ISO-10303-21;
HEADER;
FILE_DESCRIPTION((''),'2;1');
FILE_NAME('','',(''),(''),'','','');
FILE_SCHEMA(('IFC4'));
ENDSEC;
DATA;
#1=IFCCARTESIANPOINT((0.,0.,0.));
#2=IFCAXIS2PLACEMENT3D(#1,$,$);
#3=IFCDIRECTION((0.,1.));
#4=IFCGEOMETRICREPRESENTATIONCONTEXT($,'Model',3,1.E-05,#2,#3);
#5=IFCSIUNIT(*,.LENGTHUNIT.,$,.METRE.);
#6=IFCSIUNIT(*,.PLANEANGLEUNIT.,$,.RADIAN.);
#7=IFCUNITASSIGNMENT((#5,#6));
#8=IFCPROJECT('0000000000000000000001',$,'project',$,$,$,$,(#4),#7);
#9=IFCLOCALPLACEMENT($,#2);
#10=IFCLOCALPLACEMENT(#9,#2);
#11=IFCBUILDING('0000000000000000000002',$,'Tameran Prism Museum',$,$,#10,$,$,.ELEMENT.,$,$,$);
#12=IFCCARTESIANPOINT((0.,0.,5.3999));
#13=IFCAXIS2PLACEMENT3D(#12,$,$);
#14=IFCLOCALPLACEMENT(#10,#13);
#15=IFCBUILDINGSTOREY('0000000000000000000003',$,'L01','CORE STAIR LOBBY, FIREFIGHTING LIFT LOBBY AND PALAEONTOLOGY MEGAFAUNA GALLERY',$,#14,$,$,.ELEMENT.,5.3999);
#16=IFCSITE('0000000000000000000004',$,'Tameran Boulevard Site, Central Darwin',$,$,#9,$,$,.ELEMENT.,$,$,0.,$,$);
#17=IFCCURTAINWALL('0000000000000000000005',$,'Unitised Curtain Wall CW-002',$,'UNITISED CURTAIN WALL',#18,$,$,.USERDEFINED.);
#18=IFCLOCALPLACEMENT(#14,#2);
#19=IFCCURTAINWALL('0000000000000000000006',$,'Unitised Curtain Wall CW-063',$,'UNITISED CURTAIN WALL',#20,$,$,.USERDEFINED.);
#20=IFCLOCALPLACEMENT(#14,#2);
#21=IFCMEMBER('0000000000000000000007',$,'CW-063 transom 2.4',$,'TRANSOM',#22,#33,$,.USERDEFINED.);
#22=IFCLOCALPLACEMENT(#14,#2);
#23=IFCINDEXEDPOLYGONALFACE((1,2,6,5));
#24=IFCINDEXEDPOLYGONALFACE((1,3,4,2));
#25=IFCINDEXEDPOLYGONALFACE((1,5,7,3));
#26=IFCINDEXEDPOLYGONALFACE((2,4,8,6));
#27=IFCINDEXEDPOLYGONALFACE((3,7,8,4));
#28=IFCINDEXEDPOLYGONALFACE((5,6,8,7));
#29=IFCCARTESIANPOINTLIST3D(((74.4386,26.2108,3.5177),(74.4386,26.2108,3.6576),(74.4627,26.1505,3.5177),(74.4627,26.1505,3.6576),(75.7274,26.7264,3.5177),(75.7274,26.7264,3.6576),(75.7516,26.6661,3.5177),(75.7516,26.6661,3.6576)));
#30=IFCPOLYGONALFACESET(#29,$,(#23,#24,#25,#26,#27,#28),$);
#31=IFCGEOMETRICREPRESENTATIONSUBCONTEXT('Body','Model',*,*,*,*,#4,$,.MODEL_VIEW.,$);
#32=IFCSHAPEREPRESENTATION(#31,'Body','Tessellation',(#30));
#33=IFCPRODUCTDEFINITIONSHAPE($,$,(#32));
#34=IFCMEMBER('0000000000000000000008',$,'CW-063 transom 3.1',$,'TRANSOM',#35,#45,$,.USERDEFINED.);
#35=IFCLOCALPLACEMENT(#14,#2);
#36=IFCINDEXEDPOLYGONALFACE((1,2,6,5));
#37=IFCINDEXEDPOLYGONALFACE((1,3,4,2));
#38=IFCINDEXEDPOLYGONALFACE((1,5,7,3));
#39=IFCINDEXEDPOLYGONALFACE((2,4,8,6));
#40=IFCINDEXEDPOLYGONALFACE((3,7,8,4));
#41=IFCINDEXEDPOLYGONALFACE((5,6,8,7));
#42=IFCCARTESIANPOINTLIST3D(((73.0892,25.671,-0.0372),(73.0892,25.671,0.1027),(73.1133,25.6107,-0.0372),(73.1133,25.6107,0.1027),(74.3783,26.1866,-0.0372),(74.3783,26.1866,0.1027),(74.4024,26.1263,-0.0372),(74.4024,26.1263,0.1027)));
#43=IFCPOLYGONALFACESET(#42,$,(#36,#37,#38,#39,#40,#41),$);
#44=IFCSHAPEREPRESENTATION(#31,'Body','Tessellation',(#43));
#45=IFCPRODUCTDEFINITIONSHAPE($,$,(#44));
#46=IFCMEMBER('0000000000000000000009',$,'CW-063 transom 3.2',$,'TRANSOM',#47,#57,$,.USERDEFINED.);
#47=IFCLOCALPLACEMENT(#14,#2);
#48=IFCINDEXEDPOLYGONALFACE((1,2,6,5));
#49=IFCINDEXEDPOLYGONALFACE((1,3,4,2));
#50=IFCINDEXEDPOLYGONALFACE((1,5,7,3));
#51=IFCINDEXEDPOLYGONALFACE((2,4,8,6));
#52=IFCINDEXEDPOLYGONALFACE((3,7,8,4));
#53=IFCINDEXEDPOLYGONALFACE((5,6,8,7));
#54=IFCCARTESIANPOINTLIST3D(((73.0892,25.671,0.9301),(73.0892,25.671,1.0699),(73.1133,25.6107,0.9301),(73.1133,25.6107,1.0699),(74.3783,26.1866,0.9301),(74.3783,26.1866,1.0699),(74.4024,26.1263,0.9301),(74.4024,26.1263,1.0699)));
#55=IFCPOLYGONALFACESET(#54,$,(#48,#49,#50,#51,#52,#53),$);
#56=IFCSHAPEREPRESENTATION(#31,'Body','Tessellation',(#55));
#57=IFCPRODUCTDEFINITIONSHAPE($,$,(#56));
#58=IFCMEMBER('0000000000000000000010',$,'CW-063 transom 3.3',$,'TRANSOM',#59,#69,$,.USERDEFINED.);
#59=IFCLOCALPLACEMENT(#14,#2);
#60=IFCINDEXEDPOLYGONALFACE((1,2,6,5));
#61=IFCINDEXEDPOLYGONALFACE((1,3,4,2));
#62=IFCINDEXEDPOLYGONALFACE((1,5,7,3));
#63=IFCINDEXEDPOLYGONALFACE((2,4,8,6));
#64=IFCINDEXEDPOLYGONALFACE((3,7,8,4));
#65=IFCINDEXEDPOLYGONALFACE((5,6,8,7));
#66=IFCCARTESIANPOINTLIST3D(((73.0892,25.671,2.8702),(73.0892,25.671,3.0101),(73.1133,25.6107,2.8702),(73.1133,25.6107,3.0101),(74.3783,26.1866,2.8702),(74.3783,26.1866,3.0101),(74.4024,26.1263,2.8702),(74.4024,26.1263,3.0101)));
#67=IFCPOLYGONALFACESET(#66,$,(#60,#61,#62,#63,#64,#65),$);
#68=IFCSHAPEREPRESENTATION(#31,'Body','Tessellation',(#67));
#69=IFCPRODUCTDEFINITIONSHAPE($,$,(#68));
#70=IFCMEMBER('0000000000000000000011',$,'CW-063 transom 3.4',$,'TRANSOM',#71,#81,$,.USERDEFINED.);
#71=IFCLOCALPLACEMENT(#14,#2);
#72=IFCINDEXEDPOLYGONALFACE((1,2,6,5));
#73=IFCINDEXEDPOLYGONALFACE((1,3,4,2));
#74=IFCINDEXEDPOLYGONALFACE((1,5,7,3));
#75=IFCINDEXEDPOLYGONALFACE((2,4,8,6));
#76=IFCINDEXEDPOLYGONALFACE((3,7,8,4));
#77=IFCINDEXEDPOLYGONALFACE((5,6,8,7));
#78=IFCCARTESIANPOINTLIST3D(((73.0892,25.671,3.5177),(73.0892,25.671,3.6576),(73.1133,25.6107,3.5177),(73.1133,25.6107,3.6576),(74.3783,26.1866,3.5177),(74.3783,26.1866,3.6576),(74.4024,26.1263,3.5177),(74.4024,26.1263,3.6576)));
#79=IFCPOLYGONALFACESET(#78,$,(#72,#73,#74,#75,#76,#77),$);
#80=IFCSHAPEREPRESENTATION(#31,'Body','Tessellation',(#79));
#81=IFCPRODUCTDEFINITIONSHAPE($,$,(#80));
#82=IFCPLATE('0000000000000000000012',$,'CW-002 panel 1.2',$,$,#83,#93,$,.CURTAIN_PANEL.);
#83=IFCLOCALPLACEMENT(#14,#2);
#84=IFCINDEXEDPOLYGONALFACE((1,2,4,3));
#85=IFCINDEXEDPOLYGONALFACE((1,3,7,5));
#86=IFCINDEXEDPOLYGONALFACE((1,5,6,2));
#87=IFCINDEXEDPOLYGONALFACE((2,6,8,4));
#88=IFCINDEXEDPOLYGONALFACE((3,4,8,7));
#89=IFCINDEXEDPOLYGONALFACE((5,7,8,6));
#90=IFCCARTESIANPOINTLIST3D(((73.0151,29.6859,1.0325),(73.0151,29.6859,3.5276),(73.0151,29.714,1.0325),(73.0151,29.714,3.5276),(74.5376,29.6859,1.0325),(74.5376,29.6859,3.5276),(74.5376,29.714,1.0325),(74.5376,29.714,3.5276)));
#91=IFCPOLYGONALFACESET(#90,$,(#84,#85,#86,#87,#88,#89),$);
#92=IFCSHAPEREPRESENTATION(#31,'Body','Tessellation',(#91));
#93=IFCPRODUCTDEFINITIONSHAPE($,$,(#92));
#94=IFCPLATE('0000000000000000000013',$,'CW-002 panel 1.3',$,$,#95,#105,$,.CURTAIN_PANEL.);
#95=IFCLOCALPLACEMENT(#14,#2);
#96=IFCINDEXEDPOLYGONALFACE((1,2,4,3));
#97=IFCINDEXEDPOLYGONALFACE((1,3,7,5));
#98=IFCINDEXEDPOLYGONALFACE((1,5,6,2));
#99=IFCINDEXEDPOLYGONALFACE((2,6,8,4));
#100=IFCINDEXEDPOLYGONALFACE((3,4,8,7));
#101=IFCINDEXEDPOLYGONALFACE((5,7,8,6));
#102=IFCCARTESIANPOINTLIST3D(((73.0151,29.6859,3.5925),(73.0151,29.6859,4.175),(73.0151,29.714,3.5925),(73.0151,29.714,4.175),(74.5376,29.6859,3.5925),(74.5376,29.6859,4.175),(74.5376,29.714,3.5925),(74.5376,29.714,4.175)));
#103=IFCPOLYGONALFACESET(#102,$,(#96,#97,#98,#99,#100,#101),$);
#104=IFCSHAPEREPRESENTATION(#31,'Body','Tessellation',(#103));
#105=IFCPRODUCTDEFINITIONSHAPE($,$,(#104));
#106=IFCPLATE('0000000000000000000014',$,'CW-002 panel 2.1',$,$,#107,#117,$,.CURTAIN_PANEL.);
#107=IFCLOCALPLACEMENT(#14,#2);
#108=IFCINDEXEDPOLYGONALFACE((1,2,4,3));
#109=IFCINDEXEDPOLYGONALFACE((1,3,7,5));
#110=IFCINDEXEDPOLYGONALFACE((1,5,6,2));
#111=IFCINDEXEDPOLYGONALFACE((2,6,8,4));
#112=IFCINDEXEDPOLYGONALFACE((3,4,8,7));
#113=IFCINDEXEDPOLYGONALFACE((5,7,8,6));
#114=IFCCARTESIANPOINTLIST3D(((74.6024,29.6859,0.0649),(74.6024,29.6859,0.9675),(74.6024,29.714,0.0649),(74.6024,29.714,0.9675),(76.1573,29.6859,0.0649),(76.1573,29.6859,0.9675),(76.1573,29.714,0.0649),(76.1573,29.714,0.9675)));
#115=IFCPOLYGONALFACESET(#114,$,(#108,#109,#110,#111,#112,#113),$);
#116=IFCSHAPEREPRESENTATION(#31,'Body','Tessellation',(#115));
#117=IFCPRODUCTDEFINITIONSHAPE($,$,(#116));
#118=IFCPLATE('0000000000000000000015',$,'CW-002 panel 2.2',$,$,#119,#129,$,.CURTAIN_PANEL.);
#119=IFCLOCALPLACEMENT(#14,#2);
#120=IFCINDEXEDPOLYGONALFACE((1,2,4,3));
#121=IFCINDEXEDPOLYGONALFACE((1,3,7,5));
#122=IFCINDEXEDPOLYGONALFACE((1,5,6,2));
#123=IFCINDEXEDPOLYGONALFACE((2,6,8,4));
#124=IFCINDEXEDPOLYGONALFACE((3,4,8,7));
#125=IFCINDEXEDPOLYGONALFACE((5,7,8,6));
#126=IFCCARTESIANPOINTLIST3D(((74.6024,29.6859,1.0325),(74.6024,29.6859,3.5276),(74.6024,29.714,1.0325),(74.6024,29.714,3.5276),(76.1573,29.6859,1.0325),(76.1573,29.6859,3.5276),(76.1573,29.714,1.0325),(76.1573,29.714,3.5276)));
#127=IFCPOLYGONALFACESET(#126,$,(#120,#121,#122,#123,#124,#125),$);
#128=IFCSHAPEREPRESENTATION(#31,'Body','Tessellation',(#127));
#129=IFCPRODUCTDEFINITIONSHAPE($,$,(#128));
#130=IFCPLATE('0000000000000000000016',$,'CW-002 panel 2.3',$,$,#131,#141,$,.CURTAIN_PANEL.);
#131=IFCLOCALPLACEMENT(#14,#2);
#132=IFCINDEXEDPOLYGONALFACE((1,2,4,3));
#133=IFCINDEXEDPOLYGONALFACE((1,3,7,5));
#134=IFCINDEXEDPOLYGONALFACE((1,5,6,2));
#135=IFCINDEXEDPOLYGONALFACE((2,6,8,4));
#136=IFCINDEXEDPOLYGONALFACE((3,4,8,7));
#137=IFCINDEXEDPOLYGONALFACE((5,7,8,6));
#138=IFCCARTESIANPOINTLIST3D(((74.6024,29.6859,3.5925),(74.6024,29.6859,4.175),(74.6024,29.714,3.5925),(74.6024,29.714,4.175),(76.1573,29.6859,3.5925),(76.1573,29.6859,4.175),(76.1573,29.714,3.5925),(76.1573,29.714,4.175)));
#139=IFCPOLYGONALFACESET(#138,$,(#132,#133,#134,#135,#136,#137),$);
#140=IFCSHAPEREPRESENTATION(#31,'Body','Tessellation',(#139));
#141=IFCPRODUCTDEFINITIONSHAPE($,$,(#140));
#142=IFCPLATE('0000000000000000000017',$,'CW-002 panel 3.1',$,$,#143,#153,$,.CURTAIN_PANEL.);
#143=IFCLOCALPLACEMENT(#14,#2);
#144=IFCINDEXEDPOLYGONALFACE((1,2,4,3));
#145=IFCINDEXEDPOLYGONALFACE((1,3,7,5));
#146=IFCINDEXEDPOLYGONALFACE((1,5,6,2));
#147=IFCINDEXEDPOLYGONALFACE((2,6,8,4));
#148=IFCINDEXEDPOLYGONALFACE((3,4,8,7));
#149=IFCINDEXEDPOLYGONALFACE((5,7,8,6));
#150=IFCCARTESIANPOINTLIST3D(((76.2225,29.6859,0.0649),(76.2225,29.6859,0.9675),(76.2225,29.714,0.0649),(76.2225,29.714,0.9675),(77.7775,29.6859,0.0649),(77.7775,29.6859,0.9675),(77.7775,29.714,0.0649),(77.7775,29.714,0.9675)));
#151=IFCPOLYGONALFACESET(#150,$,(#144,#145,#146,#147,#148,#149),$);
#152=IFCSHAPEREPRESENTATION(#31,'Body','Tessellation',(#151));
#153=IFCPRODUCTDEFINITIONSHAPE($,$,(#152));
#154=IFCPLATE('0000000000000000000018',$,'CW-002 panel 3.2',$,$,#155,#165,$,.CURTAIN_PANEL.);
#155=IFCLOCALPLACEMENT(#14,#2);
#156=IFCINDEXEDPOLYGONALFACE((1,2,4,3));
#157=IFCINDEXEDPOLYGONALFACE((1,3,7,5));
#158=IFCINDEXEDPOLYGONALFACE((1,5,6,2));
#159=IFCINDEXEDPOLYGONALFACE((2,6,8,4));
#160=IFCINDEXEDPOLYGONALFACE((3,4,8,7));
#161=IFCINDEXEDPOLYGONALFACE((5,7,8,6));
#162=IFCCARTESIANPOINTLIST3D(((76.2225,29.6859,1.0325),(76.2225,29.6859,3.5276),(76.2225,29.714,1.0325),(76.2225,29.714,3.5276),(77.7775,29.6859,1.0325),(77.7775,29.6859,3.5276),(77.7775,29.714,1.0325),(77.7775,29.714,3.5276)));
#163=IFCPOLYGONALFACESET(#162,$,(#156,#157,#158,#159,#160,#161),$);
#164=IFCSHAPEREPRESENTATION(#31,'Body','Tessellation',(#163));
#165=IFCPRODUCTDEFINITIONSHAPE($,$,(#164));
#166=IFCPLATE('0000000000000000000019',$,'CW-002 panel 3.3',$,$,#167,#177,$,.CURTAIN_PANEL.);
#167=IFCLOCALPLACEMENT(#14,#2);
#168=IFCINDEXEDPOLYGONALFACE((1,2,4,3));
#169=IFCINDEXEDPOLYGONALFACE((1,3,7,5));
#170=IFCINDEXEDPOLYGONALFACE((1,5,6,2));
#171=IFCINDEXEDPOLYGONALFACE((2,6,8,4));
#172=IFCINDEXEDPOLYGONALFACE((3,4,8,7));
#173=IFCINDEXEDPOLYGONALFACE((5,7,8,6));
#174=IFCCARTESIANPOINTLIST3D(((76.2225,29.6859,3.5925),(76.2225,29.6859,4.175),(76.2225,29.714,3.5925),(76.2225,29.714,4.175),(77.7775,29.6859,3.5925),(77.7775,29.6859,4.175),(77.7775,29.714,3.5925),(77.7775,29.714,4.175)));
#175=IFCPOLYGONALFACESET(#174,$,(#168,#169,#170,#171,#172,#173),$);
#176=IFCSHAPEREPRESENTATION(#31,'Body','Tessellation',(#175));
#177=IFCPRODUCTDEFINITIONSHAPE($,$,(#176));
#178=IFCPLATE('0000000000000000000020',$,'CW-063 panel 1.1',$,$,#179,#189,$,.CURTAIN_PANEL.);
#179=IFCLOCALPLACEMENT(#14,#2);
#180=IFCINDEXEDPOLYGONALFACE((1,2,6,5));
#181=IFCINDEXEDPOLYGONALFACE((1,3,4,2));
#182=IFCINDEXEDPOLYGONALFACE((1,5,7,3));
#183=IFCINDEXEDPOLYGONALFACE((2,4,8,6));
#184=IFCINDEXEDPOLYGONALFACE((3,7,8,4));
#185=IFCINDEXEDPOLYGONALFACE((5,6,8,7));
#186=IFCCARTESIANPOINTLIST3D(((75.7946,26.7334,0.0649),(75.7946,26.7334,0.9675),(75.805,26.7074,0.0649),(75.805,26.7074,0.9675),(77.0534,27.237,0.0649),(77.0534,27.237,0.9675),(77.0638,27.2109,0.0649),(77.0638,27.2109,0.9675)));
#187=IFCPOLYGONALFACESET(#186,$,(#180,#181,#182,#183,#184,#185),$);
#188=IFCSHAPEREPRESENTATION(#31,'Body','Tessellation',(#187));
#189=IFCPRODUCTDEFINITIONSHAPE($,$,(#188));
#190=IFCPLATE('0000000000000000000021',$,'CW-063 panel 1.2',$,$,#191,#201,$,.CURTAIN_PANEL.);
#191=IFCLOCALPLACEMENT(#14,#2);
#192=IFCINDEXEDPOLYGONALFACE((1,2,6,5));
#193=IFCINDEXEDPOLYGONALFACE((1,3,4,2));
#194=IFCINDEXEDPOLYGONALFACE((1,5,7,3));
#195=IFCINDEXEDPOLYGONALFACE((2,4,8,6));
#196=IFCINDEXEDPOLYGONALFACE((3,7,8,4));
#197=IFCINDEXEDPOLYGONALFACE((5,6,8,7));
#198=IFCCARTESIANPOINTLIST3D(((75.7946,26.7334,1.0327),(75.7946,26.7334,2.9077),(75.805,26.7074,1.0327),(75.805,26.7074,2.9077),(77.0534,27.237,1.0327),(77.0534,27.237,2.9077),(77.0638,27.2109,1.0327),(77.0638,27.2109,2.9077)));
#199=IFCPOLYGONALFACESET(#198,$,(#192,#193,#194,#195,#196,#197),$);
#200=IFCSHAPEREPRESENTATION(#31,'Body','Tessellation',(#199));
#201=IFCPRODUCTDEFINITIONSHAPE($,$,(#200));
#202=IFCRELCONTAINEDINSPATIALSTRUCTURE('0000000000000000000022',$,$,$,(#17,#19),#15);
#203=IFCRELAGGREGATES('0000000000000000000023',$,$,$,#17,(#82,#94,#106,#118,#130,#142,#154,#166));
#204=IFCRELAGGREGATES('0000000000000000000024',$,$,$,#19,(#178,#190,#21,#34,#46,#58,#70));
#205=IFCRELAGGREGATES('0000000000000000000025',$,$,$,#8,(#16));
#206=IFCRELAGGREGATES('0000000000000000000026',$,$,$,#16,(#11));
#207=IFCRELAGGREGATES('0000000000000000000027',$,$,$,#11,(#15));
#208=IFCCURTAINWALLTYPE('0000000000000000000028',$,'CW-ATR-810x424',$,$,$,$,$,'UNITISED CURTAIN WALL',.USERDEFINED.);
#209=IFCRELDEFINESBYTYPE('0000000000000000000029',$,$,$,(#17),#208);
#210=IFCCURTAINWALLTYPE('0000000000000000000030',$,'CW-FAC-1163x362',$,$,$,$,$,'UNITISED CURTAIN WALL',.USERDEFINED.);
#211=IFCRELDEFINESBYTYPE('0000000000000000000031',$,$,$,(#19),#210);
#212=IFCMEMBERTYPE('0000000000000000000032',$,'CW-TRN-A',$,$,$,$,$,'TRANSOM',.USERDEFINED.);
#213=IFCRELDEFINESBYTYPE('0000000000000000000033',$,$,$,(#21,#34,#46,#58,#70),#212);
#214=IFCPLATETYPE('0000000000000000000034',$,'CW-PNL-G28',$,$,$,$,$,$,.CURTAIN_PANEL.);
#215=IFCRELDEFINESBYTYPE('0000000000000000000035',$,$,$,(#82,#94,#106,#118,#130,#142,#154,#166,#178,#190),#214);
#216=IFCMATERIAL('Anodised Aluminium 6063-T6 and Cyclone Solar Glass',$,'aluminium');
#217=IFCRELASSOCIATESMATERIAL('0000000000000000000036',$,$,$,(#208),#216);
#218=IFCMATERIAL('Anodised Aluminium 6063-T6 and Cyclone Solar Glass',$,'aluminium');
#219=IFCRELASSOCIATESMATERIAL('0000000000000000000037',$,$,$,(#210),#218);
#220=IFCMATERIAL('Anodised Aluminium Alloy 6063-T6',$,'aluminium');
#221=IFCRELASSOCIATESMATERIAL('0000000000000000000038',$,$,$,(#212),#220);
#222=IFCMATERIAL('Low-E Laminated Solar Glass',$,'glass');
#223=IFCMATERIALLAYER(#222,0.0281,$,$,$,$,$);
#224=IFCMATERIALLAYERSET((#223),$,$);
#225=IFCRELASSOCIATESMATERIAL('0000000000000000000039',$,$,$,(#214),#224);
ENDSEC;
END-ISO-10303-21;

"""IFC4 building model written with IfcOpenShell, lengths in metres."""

from ifc_helpers import new_model, si_unit, direction, frame, origin, origin_2d, place, context, subcontext, project, spatial, rectangle, extrude, material, layer, layer_set, material_profile, profile_set, type_object, element, aggregate, save


model = new_model("IFC4")

# Units and contexts
model_context = context("Model", 3, precision=1e-05, world=origin(), true_north=direction((0.0, 1.0)))
body_context = subcontext(model_context, "Body", "Model", "MODEL_VIEW")
ifc_project = project(units=[si_unit("LENGTHUNIT", "METRE"), si_unit("PLANEANGLEUNIT", "RADIAN")], contexts=[model_context])

# Site, building, storey
site_placement = place(None, origin())
site = spatial("IfcSite", under=ifc_project, at=site_placement, Name="Tameran Boulevard Site, Central Darwin", CompositionType="ELEMENT", RefElevation=0.0)
building_placement = place(site_placement, origin())
building = spatial("IfcBuilding", under=site, at=building_placement, Name="Tameran Prism Museum", CompositionType="ELEMENT")
storey_placement = place(building_placement, frame((0.0, 0.0, 5.3999)))
storey = spatial("IfcBuildingStorey", under=building, at=storey_placement, Name="L01", Description="CORE STAIR LOBBY, FIREFIGHTING LIFT LOBBY AND PALAEONTOLOGY MEGAFAUNA GALLERY", CompositionType="ELEMENT", Elevation=5.3999)

# Curtain walls
ifc_material_1 = material(Name="Anodised Aluminium 6063-T6 and Cyclone Solar Glass", Category="aluminium")
curtain_wall_type_1 = type_object("IfcCurtainWallType", Name="CW-ATR-810x424", ElementType="UNITISED CURTAIN WALL", PredefinedType="USERDEFINED", material=ifc_material_1)
curtain_wall_1_placement = place(storey_placement, origin())
curtain_wall_1 = element("IfcCurtainWall", 1, at=curtain_wall_1_placement, inside=storey, type_object=curtain_wall_type_1, Name="Unitised Curtain Wall CW-002", ObjectType="UNITISED CURTAIN WALL", PredefinedType="USERDEFINED")
ifc_material_2 = material(Name="Anodised Aluminium 6063-T6 and Cyclone Solar Glass", Category="aluminium")
curtain_wall_type_2 = type_object("IfcCurtainWallType", Name="CW-FAC-1163x362", ElementType="UNITISED CURTAIN WALL", PredefinedType="USERDEFINED", material=ifc_material_2)
curtain_wall_2_placement = place(storey_placement, origin())
curtain_wall_2 = element("IfcCurtainWall", 2, at=curtain_wall_2_placement, inside=storey, type_object=curtain_wall_type_2, Name="Unitised Curtain Wall CW-063", ObjectType="UNITISED CURTAIN WALL", PredefinedType="USERDEFINED")

# Members
ifc_material_3 = material(Name="Anodised Aluminium Alloy 6063-T6", Category="aluminium")
ifc_material_profile_1 = material_profile(ifc_material_3, rectangle(XDim=0.0649, YDim=0.1399, at=origin_2d()))
ifc_profile_set_1 = profile_set([ifc_material_profile_1])
member_type_1 = type_object("IfcMemberType", Name="CW-TRN-A", ElementType="TRANSOM", PredefinedType="USERDEFINED", material=ifc_profile_set_1)
member_1_placement = place(storey_placement, frame((75.7395, 26.6963, 3.5876), z_axis=(-0.928452, -0.371451, 0.0), x_axis=(0.371451, -0.928452, 0.0)))
member_1 = element("IfcMember", 3, at=member_1_placement, type_object=member_type_1, Name="CW-063 transom 2.4", ObjectType="TRANSOM", PredefinedType="USERDEFINED", context=body_context, shape_type="SweptSolid", body=[
    extrude(rectangle(XDim=0.0649, YDim=0.1399, at=origin_2d()), origin(), (0.0, 0.0, 1.0), 1.3882),
])
member_2_placement = place(storey_placement, frame((74.3904, 26.1565, 0.0327), z_axis=(-0.928477, -0.371391, 0.0), x_axis=(0.371391, -0.928477, 0.0)))
member_2 = element("IfcMember", 4, at=member_2_placement, type_object=member_type_1, Name="CW-063 transom 3.1", ObjectType="TRANSOM", PredefinedType="USERDEFINED", context=body_context, shape_type="SweptSolid", body=[
    extrude(rectangle(XDim=0.0649, YDim=0.1399, at=origin_2d()), origin(), (0.0, 0.0, 1.0), 1.3884),
])
member_3_placement = place(storey_placement, frame((74.3904, 26.1565, 1.0), z_axis=(-0.928477, -0.371391, 0.0), x_axis=(0.371391, -0.928477, 0.0)))
member_3 = element("IfcMember", 5, at=member_3_placement, type_object=member_type_1, Name="CW-063 transom 3.2", ObjectType="TRANSOM", PredefinedType="USERDEFINED", context=body_context, shape_type="SweptSolid", body=[
    extrude(rectangle(XDim=0.0649, YDim=0.1399, at=origin_2d()), origin(), (0.0, 0.0, 1.0), 1.3884),
])
member_4_placement = place(storey_placement, frame((74.3904, 26.1565, 2.9402), z_axis=(-0.928477, -0.371391, 0.0), x_axis=(0.371391, -0.928477, 0.0)))
member_4 = element("IfcMember", 6, at=member_4_placement, type_object=member_type_1, Name="CW-063 transom 3.3", ObjectType="TRANSOM", PredefinedType="USERDEFINED", context=body_context, shape_type="SweptSolid", body=[
    extrude(rectangle(XDim=0.0649, YDim=0.1399, at=origin_2d()), origin(), (0.0, 0.0, 1.0), 1.3884),
])
member_5_placement = place(storey_placement, frame((74.3904, 26.1565, 3.5876), z_axis=(-0.928477, -0.371391, 0.0), x_axis=(0.371391, -0.928477, 0.0)))
member_5 = element("IfcMember", 7, at=member_5_placement, type_object=member_type_1, Name="CW-063 transom 3.4", ObjectType="TRANSOM", PredefinedType="USERDEFINED", context=body_context, shape_type="SweptSolid", body=[
    extrude(rectangle(XDim=0.0649, YDim=0.1399, at=origin_2d()), origin(), (0.0, 0.0, 1.0), 1.3884),
])

# Plates
ifc_material_4 = material(Name="Low-E Laminated Solar Glass", Category="glass")
ifc_layer = layer(ifc_material_4, 0.0281)
ifc_layer_set = layer_set([ifc_layer])
plate_type = type_object("IfcPlateType", Name="CW-PNL-G28", PredefinedType="CURTAIN_PANEL", material=ifc_layer_set)
plate_1_placement = place(storey_placement, frame((73.7764, 29.7, 1.0325), z_axis=(0.0, 0.0, 1.0), x_axis=(1.0, 0.0, 0.0)))
plate_1 = element("IfcPlate", 8, at=plate_1_placement, type_object=plate_type, Name="CW-002 panel 1.2", PredefinedType="CURTAIN_PANEL", context=body_context, shape_type="SweptSolid", body=[
    extrude(rectangle(XDim=1.5225, YDim=0.0281, at=origin_2d()), origin(), (0.0, 0.0, 1.0), 2.4951),
])
plate_2_placement = place(storey_placement, frame((73.7764, 29.7, 3.5925), z_axis=(0.0, 0.0, 1.0), x_axis=(1.0, 0.0, 0.0)))
plate_2 = element("IfcPlate", 9, at=plate_2_placement, type_object=plate_type, Name="CW-002 panel 1.3", PredefinedType="CURTAIN_PANEL", context=body_context, shape_type="SweptSolid", body=[
    extrude(rectangle(XDim=1.5225, YDim=0.0281, at=origin_2d()), origin(), (0.0, 0.0, 1.0), 0.5825),
])
plate_3_placement = place(storey_placement, frame((75.3799, 29.7, 0.0649), z_axis=(0.0, 0.0, 1.0), x_axis=(1.0, 0.0, 0.0)))
plate_3 = element("IfcPlate", 10, at=plate_3_placement, type_object=plate_type, Name="CW-002 panel 2.1", PredefinedType="CURTAIN_PANEL", context=body_context, shape_type="SweptSolid", body=[
    extrude(rectangle(XDim=1.5549, YDim=0.0281, at=origin_2d()), origin(), (0.0, 0.0, 1.0), 0.9026),
])
plate_4_placement = place(storey_placement, frame((75.3799, 29.7, 1.0325), z_axis=(0.0, 0.0, 1.0), x_axis=(1.0, 0.0, 0.0)))
plate_4 = element("IfcPlate", 11, at=plate_4_placement, type_object=plate_type, Name="CW-002 panel 2.2", PredefinedType="CURTAIN_PANEL", context=body_context, shape_type="SweptSolid", body=[
    extrude(rectangle(XDim=1.5549, YDim=0.0281, at=origin_2d()), origin(), (0.0, 0.0, 1.0), 2.4951),
])
plate_5_placement = place(storey_placement, frame((75.3799, 29.7, 3.5925), z_axis=(0.0, 0.0, 1.0), x_axis=(1.0, 0.0, 0.0)))
plate_5 = element("IfcPlate", 12, at=plate_5_placement, type_object=plate_type, Name="CW-002 panel 2.3", PredefinedType="CURTAIN_PANEL", context=body_context, shape_type="SweptSolid", body=[
    extrude(rectangle(XDim=1.5549, YDim=0.0281, at=origin_2d()), origin(), (0.0, 0.0, 1.0), 0.5825),
])
plate_6_placement = place(storey_placement, frame((77.0, 29.7, 0.0649), z_axis=(0.0, 0.0, 1.0), x_axis=(1.0, 0.0, 0.0)))
plate_6 = element("IfcPlate", 13, at=plate_6_placement, type_object=plate_type, Name="CW-002 panel 3.1", PredefinedType="CURTAIN_PANEL", context=body_context, shape_type="SweptSolid", body=[
    extrude(rectangle(XDim=1.5549, YDim=0.0281, at=origin_2d()), origin(), (0.0, 0.0, 1.0), 0.9026),
])
plate_7_placement = place(storey_placement, frame((77.0, 29.7, 1.0325), z_axis=(0.0, 0.0, 1.0), x_axis=(1.0, 0.0, 0.0)))
plate_7 = element("IfcPlate", 14, at=plate_7_placement, type_object=plate_type, Name="CW-002 panel 3.2", PredefinedType="CURTAIN_PANEL", context=body_context, shape_type="SweptSolid", body=[
    extrude(rectangle(XDim=1.5549, YDim=0.0281, at=origin_2d()), origin(), (0.0, 0.0, 1.0), 2.4951),
])
plate_8_placement = place(storey_placement, frame((77.0, 29.7, 3.5925), z_axis=(0.0, 0.0, 1.0), x_axis=(1.0, 0.0, 0.0)))
plate_8 = element("IfcPlate", 15, at=plate_8_placement, type_object=plate_type, Name="CW-002 panel 3.3", PredefinedType="CURTAIN_PANEL", context=body_context, shape_type="SweptSolid", body=[
    extrude(rectangle(XDim=1.5549, YDim=0.0281, at=origin_2d()), origin(), (0.0, 0.0, 1.0), 0.5825),
])
aggregate(curtain_wall_1, [plate_1, plate_2, plate_3, plate_4, plate_5, plate_6, plate_7, plate_8])
plate_9_placement = place(storey_placement, frame((76.4292, 26.9722, 0.0649), z_axis=(0.0, 0.0, 1.0), x_axis=(-0.928465, -0.37142, 0.0)))
plate_9 = element("IfcPlate", 16, at=plate_9_placement, type_object=plate_type, Name="CW-063 panel 1.1", PredefinedType="CURTAIN_PANEL", context=body_context, shape_type="SweptSolid", body=[
    extrude(rectangle(XDim=1.3557, YDim=0.0281, at=origin_2d()), origin(), (0.0, 0.0, 1.0), 0.9026),
])
plate_10_placement = place(storey_placement, frame((76.4292, 26.9722, 1.0327), z_axis=(0.0, 0.0, 1.0), x_axis=(-0.928465, -0.37142, 0.0)))
plate_10 = element("IfcPlate", 17, at=plate_10_placement, type_object=plate_type, Name="CW-063 panel 1.2", PredefinedType="CURTAIN_PANEL", context=body_context, shape_type="SweptSolid", body=[
    extrude(rectangle(XDim=1.3557, YDim=0.0281, at=origin_2d()), origin(), (0.0, 0.0, 1.0), 1.875),
])
aggregate(curtain_wall_2, [plate_9, plate_10, member_1, member_2, member_3, member_4, member_5])

save(model, "model.ifc")
